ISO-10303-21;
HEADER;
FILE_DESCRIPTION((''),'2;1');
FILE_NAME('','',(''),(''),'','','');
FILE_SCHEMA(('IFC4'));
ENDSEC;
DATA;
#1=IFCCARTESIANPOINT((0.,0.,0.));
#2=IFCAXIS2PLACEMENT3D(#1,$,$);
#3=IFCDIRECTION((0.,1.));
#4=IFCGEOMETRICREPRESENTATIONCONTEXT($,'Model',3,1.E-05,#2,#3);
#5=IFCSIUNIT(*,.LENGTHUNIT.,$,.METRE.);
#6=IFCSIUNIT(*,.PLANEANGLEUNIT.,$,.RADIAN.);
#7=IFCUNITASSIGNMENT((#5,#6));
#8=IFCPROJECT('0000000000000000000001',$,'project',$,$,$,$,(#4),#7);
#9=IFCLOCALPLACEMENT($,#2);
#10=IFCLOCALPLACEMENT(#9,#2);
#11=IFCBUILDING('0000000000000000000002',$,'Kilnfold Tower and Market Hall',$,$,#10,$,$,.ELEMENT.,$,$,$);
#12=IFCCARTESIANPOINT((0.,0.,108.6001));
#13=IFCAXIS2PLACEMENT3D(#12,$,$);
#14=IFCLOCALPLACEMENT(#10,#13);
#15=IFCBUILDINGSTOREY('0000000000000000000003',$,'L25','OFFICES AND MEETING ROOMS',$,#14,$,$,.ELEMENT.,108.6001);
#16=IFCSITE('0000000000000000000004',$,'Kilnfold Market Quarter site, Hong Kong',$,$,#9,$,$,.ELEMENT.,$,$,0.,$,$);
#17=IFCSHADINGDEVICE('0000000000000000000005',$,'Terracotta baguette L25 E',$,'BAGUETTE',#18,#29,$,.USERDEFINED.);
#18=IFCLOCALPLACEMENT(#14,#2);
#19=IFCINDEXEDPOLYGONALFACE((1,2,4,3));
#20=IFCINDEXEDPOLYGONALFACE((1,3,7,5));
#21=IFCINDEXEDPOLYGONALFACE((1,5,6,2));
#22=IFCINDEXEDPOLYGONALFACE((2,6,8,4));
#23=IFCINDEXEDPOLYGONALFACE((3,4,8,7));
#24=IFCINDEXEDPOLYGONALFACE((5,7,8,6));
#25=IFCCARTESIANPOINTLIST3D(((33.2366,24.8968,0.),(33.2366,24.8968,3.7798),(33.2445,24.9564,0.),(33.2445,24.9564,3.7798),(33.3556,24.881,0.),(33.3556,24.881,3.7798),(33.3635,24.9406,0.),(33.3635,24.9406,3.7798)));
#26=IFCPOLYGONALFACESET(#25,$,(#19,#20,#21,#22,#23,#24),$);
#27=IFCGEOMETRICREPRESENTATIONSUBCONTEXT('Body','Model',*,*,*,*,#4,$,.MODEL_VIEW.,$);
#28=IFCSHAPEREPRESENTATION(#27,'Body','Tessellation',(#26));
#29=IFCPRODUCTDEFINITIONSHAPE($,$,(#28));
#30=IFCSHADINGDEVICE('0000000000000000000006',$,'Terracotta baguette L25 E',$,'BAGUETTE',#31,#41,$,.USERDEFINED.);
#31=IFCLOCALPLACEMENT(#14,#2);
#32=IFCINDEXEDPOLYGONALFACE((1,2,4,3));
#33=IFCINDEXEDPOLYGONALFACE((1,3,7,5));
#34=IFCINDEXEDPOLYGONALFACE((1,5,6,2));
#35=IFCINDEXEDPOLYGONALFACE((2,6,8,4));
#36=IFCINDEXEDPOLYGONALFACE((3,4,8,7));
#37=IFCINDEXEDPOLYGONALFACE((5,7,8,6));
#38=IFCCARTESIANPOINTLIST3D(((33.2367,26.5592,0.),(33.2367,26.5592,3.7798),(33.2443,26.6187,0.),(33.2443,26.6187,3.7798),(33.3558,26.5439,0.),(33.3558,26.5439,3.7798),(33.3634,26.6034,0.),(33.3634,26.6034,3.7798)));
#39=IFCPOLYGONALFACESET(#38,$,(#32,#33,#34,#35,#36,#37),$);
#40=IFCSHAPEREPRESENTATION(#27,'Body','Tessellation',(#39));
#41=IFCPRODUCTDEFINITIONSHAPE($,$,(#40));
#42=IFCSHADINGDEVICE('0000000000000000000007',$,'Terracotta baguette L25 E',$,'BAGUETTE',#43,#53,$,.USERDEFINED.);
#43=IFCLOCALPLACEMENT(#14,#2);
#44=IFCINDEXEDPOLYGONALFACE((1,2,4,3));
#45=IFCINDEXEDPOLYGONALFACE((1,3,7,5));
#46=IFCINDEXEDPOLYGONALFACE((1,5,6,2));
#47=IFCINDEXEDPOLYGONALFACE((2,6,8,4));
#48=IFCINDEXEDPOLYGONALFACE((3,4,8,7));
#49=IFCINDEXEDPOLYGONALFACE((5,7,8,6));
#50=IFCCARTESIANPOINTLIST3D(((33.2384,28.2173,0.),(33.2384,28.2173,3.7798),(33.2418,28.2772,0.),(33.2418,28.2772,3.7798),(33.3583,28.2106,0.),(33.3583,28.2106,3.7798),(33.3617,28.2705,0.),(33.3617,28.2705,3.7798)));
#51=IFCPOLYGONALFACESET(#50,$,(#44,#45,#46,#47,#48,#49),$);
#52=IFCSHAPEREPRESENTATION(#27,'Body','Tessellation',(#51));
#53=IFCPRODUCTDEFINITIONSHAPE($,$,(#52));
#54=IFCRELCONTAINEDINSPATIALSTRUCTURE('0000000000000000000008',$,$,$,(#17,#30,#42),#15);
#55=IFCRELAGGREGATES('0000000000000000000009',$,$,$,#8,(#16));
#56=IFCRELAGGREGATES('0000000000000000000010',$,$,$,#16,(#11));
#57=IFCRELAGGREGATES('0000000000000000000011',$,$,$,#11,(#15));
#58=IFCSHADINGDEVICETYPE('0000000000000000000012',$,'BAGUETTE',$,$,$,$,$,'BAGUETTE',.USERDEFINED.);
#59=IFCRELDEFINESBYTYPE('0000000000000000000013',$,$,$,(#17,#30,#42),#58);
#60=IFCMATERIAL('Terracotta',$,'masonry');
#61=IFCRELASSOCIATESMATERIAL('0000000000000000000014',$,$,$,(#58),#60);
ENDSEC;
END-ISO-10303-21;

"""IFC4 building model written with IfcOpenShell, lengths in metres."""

from ifc_helpers import new_model, si_unit, direction, frame, origin, origin_2d, place, context, subcontext, project, spatial, rectangle, extrude, source, transform, mapped, material, material_profile, profile_set, type_object, element, save


model = new_model("IFC4")

# Units and contexts
model_context = context("Model", 3, precision=1e-05, world=origin(), true_north=direction((0.0, 1.0)))
body_context = subcontext(model_context, "Body", "Model", "MODEL_VIEW")
ifc_project = project(units=[si_unit("LENGTHUNIT", "METRE"), si_unit("PLANEANGLEUNIT", "RADIAN")], contexts=[model_context])

# Site, building, storey
site_placement = place(None, origin())
site = spatial("IfcSite", under=ifc_project, at=site_placement, Name="Kilnfold Market Quarter site, Hong Kong", CompositionType="ELEMENT", RefElevation=0.0)
building_placement = place(site_placement, origin())
building = spatial("IfcBuilding", under=site, at=building_placement, Name="Kilnfold Tower and Market Hall", CompositionType="ELEMENT")
storey_placement = place(building_placement, frame((0.0, 0.0, 108.6001)))
storey = spatial("IfcBuildingStorey", under=building, at=storey_placement, Name="L25", Description="OFFICES AND MEETING ROOMS", CompositionType="ELEMENT", Elevation=108.6001)

# Shading devices
ifc_material_1 = material(Name="Terracotta", Category="masonry")
ifc_material_profile_1 = material_profile(ifc_material_1, rectangle(XDim=0.0601, YDim=0.1201, at=origin_2d()), Name="BAG 60x120")
ifc_profile_set_1 = profile_set([ifc_material_profile_1], Name="Terracotta")
shading_device_type = type_object("IfcShadingDeviceType", Name="BAGUETTE", ElementType="BAGUETTE", PredefinedType="USERDEFINED", material=ifc_profile_set_1)
shared_shape_1 = source(origin(), body_context, "Body", "SweptSolid", [
    extrude(rectangle(XDim=0.0601, YDim=0.1201, at=origin_2d()), origin(), (0.0, 0.0, 1.0), 3.7798),
])
for number, where, z_axis, x_axis, name in (
    (1, (33.3, 24.9187, 0.0), (0.0, 0.0, 1.0), (0.131665, 0.991294, 0.0), "Terracotta baguette L25 E"),
    (2, (33.3, 26.5813, 0.0), (0.0, 0.0, 1.0), (0.127419, 0.991849, 0.0), "Terracotta baguette L25 E"),
    (3, (33.3, 28.2439, 0.0), (0.0, 0.0, 1.0), (0.055567, 0.998455, 0.0), "Terracotta baguette L25 E"),
):
    element("IfcShadingDevice", number, at=place(storey_placement, frame(where, z_axis=z_axis, x_axis=x_axis)), inside=storey, type_object=shading_device_type, Name=name, ObjectType="BAGUETTE", PredefinedType="USERDEFINED", context=body_context, shape_type="MappedRepresentation", body=[
        mapped(shared_shape_1, transform((0.0, 0.0, 0.0))),
    ])

save(model, "model.ifc")
